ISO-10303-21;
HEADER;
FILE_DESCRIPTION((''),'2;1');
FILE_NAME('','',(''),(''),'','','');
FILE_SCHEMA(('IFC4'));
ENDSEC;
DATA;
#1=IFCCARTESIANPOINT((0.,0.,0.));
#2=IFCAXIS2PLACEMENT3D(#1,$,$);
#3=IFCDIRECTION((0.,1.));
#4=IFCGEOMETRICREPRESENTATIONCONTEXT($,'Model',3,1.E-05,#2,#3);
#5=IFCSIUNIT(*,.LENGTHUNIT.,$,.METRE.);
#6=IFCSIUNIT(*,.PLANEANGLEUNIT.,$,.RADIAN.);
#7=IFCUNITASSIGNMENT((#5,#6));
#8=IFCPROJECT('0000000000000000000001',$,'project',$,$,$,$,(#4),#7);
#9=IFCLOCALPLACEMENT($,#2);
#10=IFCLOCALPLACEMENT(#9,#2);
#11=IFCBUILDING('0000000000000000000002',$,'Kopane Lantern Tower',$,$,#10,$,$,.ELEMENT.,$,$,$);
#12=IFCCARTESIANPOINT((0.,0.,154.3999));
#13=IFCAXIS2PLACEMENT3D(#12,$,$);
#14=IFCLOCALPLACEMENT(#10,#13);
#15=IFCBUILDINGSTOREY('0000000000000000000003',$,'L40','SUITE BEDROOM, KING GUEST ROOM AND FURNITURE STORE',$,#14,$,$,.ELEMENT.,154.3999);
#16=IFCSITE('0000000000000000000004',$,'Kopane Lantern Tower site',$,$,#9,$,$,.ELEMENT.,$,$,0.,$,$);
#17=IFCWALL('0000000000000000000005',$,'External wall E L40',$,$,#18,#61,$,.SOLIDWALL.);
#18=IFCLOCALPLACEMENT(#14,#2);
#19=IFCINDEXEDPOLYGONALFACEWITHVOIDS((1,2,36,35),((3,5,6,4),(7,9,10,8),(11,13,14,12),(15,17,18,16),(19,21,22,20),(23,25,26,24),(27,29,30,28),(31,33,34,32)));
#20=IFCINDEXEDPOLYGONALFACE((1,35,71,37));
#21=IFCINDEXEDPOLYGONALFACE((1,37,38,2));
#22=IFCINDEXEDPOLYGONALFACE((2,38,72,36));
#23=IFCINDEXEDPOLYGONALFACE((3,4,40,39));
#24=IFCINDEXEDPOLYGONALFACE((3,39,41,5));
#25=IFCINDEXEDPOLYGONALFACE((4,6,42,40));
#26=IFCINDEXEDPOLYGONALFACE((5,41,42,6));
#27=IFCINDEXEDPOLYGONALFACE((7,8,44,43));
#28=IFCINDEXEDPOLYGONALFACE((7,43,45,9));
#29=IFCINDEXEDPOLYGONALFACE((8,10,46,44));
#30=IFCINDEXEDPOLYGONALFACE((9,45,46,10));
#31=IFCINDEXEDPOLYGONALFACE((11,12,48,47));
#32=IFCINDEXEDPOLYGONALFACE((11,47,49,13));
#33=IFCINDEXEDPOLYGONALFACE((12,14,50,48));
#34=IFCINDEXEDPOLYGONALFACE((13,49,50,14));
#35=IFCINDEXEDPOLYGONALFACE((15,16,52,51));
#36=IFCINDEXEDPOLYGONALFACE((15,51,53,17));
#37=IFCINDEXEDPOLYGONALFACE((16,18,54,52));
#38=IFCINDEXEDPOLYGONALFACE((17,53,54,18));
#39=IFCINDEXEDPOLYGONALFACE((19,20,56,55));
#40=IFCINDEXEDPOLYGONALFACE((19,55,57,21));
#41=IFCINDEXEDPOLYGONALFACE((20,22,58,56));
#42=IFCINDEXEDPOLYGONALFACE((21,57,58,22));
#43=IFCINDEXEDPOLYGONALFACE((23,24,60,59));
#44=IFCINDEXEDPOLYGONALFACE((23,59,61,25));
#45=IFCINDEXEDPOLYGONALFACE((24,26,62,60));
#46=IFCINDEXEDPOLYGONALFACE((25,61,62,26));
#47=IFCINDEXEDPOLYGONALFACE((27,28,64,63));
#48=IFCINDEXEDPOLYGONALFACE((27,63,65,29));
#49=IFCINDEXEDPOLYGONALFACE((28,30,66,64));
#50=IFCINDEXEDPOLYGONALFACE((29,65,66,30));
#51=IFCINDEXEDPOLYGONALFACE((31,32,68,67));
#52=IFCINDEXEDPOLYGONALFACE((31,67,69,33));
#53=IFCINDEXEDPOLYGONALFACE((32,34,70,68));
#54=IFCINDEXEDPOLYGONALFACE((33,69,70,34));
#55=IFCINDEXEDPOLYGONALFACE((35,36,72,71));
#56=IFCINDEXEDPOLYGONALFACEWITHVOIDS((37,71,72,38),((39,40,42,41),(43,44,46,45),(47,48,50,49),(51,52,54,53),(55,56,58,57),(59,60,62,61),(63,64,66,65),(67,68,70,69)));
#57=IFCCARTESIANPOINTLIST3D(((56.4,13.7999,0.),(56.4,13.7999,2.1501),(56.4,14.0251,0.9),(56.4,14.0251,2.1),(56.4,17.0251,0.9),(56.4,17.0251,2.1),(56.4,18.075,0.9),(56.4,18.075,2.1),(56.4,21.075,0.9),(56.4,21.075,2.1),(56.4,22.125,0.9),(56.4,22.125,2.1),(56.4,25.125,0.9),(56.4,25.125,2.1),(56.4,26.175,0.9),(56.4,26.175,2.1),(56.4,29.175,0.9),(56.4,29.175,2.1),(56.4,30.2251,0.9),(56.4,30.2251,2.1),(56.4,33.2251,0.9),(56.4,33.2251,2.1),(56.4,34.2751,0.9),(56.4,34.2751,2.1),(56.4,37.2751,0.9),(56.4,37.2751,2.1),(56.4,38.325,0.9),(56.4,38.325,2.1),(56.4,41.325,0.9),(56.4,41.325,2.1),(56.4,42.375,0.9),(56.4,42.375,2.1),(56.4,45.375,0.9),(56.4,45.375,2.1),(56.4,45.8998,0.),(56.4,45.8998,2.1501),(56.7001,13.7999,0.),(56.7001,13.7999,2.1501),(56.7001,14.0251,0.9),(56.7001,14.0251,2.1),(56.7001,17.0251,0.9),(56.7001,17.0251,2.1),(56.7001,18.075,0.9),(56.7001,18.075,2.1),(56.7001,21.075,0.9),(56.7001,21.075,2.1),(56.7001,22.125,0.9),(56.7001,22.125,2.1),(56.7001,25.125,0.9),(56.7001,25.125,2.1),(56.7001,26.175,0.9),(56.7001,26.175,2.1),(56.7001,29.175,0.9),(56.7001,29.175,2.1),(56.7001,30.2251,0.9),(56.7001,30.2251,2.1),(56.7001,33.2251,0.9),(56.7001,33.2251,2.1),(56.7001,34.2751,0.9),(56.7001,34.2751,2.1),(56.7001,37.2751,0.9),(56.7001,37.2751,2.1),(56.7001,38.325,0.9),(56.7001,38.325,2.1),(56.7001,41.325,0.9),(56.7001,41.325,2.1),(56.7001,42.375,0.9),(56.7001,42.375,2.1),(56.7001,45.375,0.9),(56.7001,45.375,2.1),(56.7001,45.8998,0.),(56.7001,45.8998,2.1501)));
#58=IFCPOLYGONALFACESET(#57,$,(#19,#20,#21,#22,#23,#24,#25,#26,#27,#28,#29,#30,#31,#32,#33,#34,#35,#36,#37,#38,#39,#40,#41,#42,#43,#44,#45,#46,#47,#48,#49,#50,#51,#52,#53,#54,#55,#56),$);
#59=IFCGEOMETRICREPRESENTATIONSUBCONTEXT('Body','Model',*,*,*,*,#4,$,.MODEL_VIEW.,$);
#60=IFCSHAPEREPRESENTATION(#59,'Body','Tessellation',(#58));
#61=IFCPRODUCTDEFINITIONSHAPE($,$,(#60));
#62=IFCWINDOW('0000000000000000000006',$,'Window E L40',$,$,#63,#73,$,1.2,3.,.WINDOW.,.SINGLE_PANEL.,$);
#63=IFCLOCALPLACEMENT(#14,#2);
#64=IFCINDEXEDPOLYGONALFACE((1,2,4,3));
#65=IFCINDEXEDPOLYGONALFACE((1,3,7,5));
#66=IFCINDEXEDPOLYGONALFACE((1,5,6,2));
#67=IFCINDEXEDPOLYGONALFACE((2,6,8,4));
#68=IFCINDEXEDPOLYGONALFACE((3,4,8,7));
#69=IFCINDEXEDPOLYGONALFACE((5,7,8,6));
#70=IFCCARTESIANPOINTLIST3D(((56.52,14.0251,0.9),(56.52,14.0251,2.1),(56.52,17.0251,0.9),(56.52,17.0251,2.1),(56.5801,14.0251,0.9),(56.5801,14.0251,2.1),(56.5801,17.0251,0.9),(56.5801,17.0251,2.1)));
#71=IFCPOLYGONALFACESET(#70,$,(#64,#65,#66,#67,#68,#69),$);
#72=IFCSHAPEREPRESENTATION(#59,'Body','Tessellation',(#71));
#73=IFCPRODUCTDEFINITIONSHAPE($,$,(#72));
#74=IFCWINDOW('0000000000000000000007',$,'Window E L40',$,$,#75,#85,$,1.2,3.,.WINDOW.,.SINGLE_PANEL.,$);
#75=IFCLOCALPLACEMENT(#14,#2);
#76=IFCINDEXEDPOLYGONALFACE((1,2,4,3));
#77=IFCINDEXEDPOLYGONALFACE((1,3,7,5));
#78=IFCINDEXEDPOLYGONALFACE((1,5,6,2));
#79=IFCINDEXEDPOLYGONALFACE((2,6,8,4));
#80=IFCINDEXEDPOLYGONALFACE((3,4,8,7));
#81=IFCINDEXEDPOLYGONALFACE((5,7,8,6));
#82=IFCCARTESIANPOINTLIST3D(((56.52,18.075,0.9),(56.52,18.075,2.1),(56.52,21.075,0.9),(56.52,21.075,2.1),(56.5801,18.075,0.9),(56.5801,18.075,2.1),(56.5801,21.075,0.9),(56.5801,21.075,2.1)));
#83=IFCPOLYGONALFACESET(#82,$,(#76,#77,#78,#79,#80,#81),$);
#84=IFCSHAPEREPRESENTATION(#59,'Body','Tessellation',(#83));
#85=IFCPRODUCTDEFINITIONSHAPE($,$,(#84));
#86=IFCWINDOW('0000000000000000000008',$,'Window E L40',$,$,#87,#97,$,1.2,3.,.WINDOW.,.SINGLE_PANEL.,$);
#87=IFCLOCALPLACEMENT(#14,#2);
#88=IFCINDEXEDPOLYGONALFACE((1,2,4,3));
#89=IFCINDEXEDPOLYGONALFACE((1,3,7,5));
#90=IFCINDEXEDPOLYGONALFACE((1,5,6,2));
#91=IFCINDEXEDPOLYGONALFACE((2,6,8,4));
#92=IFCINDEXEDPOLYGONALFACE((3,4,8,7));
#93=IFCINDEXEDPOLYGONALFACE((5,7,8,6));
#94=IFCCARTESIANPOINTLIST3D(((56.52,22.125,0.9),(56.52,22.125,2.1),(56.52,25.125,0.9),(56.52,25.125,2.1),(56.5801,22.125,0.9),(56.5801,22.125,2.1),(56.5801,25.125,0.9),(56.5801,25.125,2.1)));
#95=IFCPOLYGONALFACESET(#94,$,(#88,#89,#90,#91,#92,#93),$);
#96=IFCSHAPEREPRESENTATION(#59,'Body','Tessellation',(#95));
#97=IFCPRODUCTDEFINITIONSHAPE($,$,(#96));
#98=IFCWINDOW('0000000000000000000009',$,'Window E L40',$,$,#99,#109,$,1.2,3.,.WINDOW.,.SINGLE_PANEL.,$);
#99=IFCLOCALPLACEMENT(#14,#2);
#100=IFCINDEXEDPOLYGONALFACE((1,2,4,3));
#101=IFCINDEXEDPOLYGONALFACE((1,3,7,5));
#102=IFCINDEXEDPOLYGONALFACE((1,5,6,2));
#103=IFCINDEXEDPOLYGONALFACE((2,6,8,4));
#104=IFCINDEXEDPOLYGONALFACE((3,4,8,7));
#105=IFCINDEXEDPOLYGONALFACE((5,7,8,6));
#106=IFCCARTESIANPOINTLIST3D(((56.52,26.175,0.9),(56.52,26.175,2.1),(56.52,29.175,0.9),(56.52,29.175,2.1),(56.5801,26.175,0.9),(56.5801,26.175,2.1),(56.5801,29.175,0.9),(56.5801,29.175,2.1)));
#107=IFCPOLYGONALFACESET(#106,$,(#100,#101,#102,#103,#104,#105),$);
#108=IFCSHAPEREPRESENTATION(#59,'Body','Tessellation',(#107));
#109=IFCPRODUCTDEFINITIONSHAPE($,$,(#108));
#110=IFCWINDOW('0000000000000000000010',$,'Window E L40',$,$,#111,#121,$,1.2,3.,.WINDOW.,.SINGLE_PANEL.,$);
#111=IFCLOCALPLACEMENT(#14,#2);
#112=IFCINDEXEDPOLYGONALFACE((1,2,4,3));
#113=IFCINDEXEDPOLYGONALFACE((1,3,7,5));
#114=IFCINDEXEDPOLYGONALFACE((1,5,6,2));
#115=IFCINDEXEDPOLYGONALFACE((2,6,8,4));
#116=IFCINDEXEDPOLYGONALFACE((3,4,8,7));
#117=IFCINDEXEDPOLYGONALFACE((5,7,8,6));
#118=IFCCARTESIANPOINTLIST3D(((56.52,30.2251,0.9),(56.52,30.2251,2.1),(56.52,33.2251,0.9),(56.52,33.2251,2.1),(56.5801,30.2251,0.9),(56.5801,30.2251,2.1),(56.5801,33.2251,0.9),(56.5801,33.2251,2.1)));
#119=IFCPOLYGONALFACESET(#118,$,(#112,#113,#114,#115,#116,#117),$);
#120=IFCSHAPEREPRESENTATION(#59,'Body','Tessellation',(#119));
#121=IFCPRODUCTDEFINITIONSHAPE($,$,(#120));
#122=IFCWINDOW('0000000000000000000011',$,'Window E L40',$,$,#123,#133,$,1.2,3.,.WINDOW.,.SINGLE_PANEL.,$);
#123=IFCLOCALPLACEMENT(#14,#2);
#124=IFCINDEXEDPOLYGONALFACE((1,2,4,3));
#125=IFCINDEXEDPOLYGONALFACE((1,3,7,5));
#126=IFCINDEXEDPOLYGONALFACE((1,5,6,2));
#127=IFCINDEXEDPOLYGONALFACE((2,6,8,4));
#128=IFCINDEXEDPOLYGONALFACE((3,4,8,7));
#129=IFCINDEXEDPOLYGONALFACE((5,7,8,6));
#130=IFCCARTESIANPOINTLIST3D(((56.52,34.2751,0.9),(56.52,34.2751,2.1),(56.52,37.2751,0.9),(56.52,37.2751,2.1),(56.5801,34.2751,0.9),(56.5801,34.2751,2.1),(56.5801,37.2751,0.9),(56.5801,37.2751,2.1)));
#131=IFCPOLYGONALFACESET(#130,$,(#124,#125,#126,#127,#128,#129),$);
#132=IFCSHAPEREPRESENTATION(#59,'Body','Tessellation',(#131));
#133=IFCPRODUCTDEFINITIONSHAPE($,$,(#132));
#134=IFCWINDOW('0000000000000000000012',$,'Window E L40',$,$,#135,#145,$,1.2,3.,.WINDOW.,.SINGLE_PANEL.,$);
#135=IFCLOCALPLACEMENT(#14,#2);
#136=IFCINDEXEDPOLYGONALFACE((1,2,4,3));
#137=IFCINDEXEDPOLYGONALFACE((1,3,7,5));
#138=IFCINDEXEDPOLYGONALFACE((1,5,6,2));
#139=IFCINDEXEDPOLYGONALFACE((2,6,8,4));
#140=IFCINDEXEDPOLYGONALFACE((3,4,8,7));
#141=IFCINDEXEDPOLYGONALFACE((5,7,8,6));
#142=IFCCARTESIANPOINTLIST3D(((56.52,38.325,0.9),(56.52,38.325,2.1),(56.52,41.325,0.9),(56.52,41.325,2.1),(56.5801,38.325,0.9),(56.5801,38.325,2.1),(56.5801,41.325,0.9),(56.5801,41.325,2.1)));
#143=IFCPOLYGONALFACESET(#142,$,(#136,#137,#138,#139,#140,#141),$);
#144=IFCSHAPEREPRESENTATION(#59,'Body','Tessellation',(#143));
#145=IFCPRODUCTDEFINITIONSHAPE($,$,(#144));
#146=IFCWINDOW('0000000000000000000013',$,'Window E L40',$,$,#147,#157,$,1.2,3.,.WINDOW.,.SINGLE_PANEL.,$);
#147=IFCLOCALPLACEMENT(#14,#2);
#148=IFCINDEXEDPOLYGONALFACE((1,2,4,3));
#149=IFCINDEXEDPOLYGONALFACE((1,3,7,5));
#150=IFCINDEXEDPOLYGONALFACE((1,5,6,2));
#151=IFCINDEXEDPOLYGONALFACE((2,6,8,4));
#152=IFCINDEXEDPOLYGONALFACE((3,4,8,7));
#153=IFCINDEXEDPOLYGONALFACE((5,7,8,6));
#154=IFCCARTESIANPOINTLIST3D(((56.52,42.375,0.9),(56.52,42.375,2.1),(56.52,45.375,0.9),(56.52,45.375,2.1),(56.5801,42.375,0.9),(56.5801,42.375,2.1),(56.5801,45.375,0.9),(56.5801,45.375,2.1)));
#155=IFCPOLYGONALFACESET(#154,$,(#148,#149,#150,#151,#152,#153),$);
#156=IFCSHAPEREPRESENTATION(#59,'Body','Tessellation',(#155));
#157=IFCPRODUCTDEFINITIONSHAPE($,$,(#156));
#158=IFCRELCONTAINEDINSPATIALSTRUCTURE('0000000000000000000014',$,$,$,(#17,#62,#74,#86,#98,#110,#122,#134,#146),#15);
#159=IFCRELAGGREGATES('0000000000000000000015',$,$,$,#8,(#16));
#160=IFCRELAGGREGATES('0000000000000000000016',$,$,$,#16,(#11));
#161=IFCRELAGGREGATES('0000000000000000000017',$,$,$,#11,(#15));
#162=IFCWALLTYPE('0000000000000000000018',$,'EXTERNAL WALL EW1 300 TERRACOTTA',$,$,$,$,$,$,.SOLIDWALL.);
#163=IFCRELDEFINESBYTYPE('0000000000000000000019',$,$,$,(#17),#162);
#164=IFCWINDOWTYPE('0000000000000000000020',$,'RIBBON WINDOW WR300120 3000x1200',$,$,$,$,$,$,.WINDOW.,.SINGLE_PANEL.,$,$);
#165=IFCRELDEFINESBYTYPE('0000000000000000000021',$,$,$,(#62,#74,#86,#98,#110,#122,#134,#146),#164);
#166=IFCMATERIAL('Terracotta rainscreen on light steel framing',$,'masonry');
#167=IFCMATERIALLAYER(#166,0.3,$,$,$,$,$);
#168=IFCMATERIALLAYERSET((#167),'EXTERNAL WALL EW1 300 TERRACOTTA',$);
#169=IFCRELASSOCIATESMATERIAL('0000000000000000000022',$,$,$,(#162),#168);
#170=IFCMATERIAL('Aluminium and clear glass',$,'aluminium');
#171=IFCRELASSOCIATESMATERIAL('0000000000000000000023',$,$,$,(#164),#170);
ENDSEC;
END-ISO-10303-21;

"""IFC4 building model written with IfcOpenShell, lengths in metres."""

from ifc_helpers import new_model, si_unit, direction, frame, frame_2d, origin, place, context, subcontext, project, spatial, rectangle, extrude, material, layer, layer_set, type_object, element, fill, save


model = new_model("IFC4")

# Units and contexts
model_context = context("Model", 3, precision=1e-05, world=origin(), true_north=direction((0.0, 1.0)))
body_context = subcontext(model_context, "Body", "Model", "MODEL_VIEW")
ifc_project = project(units=[si_unit("LENGTHUNIT", "METRE"), si_unit("PLANEANGLEUNIT", "RADIAN")], contexts=[model_context])

# Site, building, storey
site_placement = place(None, origin())
site = spatial("IfcSite", under=ifc_project, at=site_placement, Name="Kopane Lantern Tower site", CompositionType="ELEMENT", RefElevation=0.0)
building_placement = place(site_placement, origin())
building = spatial("IfcBuilding", under=site, at=building_placement, Name="Kopane Lantern Tower", CompositionType="ELEMENT")
storey_placement = place(building_placement, frame((0.0, 0.0, 154.3999)))
storey = spatial("IfcBuildingStorey", under=building, at=storey_placement, Name="L40", Description="SUITE BEDROOM, KING GUEST ROOM AND FURNITURE STORE", CompositionType="ELEMENT", Elevation=154.3999)

# Wall, openings, windows
ifc_material_1 = material(Name="Terracotta rainscreen on light steel framing", Category="masonry")
ifc_layer_1 = layer(ifc_material_1, 0.3)
ifc_layer_set_1 = layer_set([ifc_layer_1], Name="EXTERNAL WALL EW1 300 TERRACOTTA")
wall_type_1 = type_object("IfcWallType", Name="EXTERNAL WALL EW1 300 TERRACOTTA", PredefinedType="SOLIDWALL", material=ifc_layer_set_1)
wall_1_placement = place(storey_placement, frame((56.55, 13.8, 0.0), z_axis=(0.0, 0.0, 1.0), x_axis=(0.0, 1.0, 0.0)))
wall_1 = element("IfcWall", 1, at=wall_1_placement, inside=storey, type_object=wall_type_1, Name="External wall E L40", PredefinedType="SOLIDWALL", context=body_context, shape_type="SweptSolid", body=[
    extrude(rectangle(XDim=32.0999, YDim=0.3, at=frame_2d((16.0498, 0.0))), origin(), (0.0, 0.0, 1.0), 2.1501),
])
opening_1_placement = place(wall_1_placement, frame((0.2251, 0.0, 0.8999)))
opening_1 = element("IfcOpeningElement", 2, at=opening_1_placement, cuts=wall_1, PredefinedType="OPENING", context=body_context, shape_type="SweptSolid", body=[
    extrude(rectangle(XDim=3.0, YDim=1.2, at=frame_2d((1.5, 0.6001))), frame((0.0, 0.1599, 0.0), z_axis=(0.0, -1.0, 0.0), x_axis=(1.0, 0.0, 0.0)), (0.0, 0.0, 1.0), 0.3201),
])
opening_2_placement = place(wall_1_placement, frame((4.2749, 0.0, 0.8999)))
opening_2 = element("IfcOpeningElement", 3, at=opening_2_placement, cuts=wall_1, PredefinedType="OPENING", context=body_context, shape_type="SweptSolid", body=[
    extrude(rectangle(XDim=3.0, YDim=1.2, at=frame_2d((1.5, 0.6001))), frame((0.0, 0.1599, 0.0), z_axis=(0.0, -1.0, 0.0), x_axis=(1.0, 0.0, 0.0)), (0.0, 0.0, 1.0), 0.3201),
])
opening_3_placement = place(wall_1_placement, frame((8.325, 0.0, 0.8999)))
opening_3 = element("IfcOpeningElement", 4, at=opening_3_placement, cuts=wall_1, PredefinedType="OPENING", context=body_context, shape_type="SweptSolid", body=[
    extrude(rectangle(XDim=3.0, YDim=1.2, at=frame_2d((1.5, 0.6001))), frame((0.0, 0.1599, 0.0), z_axis=(0.0, -1.0, 0.0), x_axis=(1.0, 0.0, 0.0)), (0.0, 0.0, 1.0), 0.3201),
])
opening_4_placement = place(wall_1_placement, frame((12.375, 0.0, 0.8999)))
opening_4 = element("IfcOpeningElement", 5, at=opening_4_placement, cuts=wall_1, PredefinedType="OPENING", context=body_context, shape_type="SweptSolid", body=[
    extrude(rectangle(XDim=3.0, YDim=1.2, at=frame_2d((1.5, 0.6001))), frame((0.0, 0.1599, 0.0), z_axis=(0.0, -1.0, 0.0), x_axis=(1.0, 0.0, 0.0)), (0.0, 0.0, 1.0), 0.3201),
])
opening_5_placement = place(wall_1_placement, frame((16.425, 0.0, 0.8999)))
opening_5 = element("IfcOpeningElement", 6, at=opening_5_placement, cuts=wall_1, PredefinedType="OPENING", context=body_context, shape_type="SweptSolid", body=[
    extrude(rectangle(XDim=3.0, YDim=1.2, at=frame_2d((1.5, 0.6001))), frame((0.0, 0.1599, 0.0), z_axis=(0.0, -1.0, 0.0), x_axis=(1.0, 0.0, 0.0)), (0.0, 0.0, 1.0), 0.3201),
])
opening_6_placement = place(wall_1_placement, frame((20.4751, 0.0, 0.8999)))
opening_6 = element("IfcOpeningElement", 7, at=opening_6_placement, cuts=wall_1, PredefinedType="OPENING", context=body_context, shape_type="SweptSolid", body=[
    extrude(rectangle(XDim=3.0, YDim=1.2, at=frame_2d((1.5, 0.6001))), frame((0.0, 0.1599, 0.0), z_axis=(0.0, -1.0, 0.0), x_axis=(1.0, 0.0, 0.0)), (0.0, 0.0, 1.0), 0.3201),
])
opening_7_placement = place(wall_1_placement, frame((24.5249, 0.0, 0.8999)))
opening_7 = element("IfcOpeningElement", 8, at=opening_7_placement, cuts=wall_1, PredefinedType="OPENING", context=body_context, shape_type="SweptSolid", body=[
    extrude(rectangle(XDim=3.0, YDim=1.2, at=frame_2d((1.5, 0.6001))), frame((0.0, 0.1599, 0.0), z_axis=(0.0, -1.0, 0.0), x_axis=(1.0, 0.0, 0.0)), (0.0, 0.0, 1.0), 0.3201),
])
opening_8_placement = place(wall_1_placement, frame((28.575, 0.0, 0.8999)))
opening_8 = element("IfcOpeningElement", 9, at=opening_8_placement, cuts=wall_1, PredefinedType="OPENING", context=body_context, shape_type="SweptSolid", body=[
    extrude(rectangle(XDim=3.0, YDim=1.2, at=frame_2d((1.5, 0.6001))), frame((0.0, 0.1599, 0.0), z_axis=(0.0, -1.0, 0.0), x_axis=(1.0, 0.0, 0.0)), (0.0, 0.0, 1.0), 0.3201),
])
ifc_material_2 = material(Name="Aluminium and clear glass", Category="aluminium")
window_type = type_object("IfcWindowType", Name="RIBBON WINDOW WR300120 3000x1200", PartitioningType="SINGLE_PANEL", PredefinedType="WINDOW", material=ifc_material_2)
window_1_placement = place(opening_1_placement, origin())
window_1 = element("IfcWindow", 10, at=window_1_placement, inside=storey, type_object=window_type, Name="Window E L40", OverallHeight=1.2, OverallWidth=3.0, PartitioningType="SINGLE_PANEL", PredefinedType="WINDOW", context=body_context, shape_type="SweptSolid", body=[
    extrude(rectangle(XDim=3.0, YDim=1.2, at=frame_2d((1.5, 0.6001))), frame((0.0, 0.03, 0.0), z_axis=(0.0, -1.0, 0.0), x_axis=(1.0, 0.0, 0.0)), (0.0, 0.0, 1.0), 0.0601),
])
fill(opening_1, window_1)
window_2_placement = place(opening_2_placement, origin())
window_2 = element("IfcWindow", 11, at=window_2_placement, inside=storey, type_object=window_type, Name="Window E L40", OverallHeight=1.2, OverallWidth=3.0, PartitioningType="SINGLE_PANEL", PredefinedType="WINDOW", context=body_context, shape_type="SweptSolid", body=[
    extrude(rectangle(XDim=3.0, YDim=1.2, at=frame_2d((1.5, 0.6001))), frame((0.0, 0.03, 0.0), z_axis=(0.0, -1.0, 0.0), x_axis=(1.0, 0.0, 0.0)), (0.0, 0.0, 1.0), 0.0601),
])
fill(opening_2, window_2)
window_3_placement = place(opening_3_placement, origin())
window_3 = element("IfcWindow", 12, at=window_3_placement, inside=storey, type_object=window_type, Name="Window E L40", OverallHeight=1.2, OverallWidth=3.0, PartitioningType="SINGLE_PANEL", PredefinedType="WINDOW", context=body_context, shape_type="SweptSolid", body=[
    extrude(rectangle(XDim=3.0, YDim=1.2, at=frame_2d((1.5, 0.6001))), frame((0.0, 0.03, 0.0), z_axis=(0.0, -1.0, 0.0), x_axis=(1.0, 0.0, 0.0)), (0.0, 0.0, 1.0), 0.0601),
])
fill(opening_3, window_3)
window_4_placement = place(opening_4_placement, origin())
window_4 = element("IfcWindow", 13, at=window_4_placement, inside=storey, type_object=window_type, Name="Window E L40", OverallHeight=1.2, OverallWidth=3.0, PartitioningType="SINGLE_PANEL", PredefinedType="WINDOW", context=body_context, shape_type="SweptSolid", body=[
    extrude(rectangle(XDim=3.0, YDim=1.2, at=frame_2d((1.5, 0.6001))), frame((0.0, 0.03, 0.0), z_axis=(0.0, -1.0, 0.0), x_axis=(1.0, 0.0, 0.0)), (0.0, 0.0, 1.0), 0.0601),
])
fill(opening_4, window_4)
window_5_placement = place(opening_5_placement, origin())
window_5 = element("IfcWindow", 14, at=window_5_placement, inside=storey, type_object=window_type, Name="Window E L40", OverallHeight=1.2, OverallWidth=3.0, PartitioningType="SINGLE_PANEL", PredefinedType="WINDOW", context=body_context, shape_type="SweptSolid", body=[
    extrude(rectangle(XDim=3.0, YDim=1.2, at=frame_2d((1.5, 0.6001))), frame((0.0, 0.03, 0.0), z_axis=(0.0, -1.0, 0.0), x_axis=(1.0, 0.0, 0.0)), (0.0, 0.0, 1.0), 0.0601),
])
fill(opening_5, window_5)
window_6_placement = place(opening_6_placement, origin())
window_6 = element("IfcWindow", 15, at=window_6_placement, inside=storey, type_object=window_type, Name="Window E L40", OverallHeight=1.2, OverallWidth=3.0, PartitioningType="SINGLE_PANEL", PredefinedType="WINDOW", context=body_context, shape_type="SweptSolid", body=[
    extrude(rectangle(XDim=3.0, YDim=1.2, at=frame_2d((1.5, 0.6001))), frame((0.0, 0.03, 0.0), z_axis=(0.0, -1.0, 0.0), x_axis=(1.0, 0.0, 0.0)), (0.0, 0.0, 1.0), 0.0601),
])
fill(opening_6, window_6)
window_7_placement = place(opening_7_placement, origin())
window_7 = element("IfcWindow", 16, at=window_7_placement, inside=storey, type_object=window_type, Name="Window E L40", OverallHeight=1.2, OverallWidth=3.0, PartitioningType="SINGLE_PANEL", PredefinedType="WINDOW", context=body_context, shape_type="SweptSolid", body=[
    extrude(rectangle(XDim=3.0, YDim=1.2, at=frame_2d((1.5, 0.6001))), frame((0.0, 0.03, 0.0), z_axis=(0.0, -1.0, 0.0), x_axis=(1.0, 0.0, 0.0)), (0.0, 0.0, 1.0), 0.0601),
])
fill(opening_7, window_7)
window_8_placement = place(opening_8_placement, origin())
window_8 = element("IfcWindow", 17, at=window_8_placement, inside=storey, type_object=window_type, Name="Window E L40", OverallHeight=1.2, OverallWidth=3.0, PartitioningType="SINGLE_PANEL", PredefinedType="WINDOW", context=body_context, shape_type="SweptSolid", body=[
    extrude(rectangle(XDim=3.0, YDim=1.2, at=frame_2d((1.5, 0.6001))), frame((0.0, 0.03, 0.0), z_axis=(0.0, -1.0, 0.0), x_axis=(1.0, 0.0, 0.0)), (0.0, 0.0, 1.0), 0.0601),
])
fill(opening_8, window_8)

save(model, "model.ifc")
